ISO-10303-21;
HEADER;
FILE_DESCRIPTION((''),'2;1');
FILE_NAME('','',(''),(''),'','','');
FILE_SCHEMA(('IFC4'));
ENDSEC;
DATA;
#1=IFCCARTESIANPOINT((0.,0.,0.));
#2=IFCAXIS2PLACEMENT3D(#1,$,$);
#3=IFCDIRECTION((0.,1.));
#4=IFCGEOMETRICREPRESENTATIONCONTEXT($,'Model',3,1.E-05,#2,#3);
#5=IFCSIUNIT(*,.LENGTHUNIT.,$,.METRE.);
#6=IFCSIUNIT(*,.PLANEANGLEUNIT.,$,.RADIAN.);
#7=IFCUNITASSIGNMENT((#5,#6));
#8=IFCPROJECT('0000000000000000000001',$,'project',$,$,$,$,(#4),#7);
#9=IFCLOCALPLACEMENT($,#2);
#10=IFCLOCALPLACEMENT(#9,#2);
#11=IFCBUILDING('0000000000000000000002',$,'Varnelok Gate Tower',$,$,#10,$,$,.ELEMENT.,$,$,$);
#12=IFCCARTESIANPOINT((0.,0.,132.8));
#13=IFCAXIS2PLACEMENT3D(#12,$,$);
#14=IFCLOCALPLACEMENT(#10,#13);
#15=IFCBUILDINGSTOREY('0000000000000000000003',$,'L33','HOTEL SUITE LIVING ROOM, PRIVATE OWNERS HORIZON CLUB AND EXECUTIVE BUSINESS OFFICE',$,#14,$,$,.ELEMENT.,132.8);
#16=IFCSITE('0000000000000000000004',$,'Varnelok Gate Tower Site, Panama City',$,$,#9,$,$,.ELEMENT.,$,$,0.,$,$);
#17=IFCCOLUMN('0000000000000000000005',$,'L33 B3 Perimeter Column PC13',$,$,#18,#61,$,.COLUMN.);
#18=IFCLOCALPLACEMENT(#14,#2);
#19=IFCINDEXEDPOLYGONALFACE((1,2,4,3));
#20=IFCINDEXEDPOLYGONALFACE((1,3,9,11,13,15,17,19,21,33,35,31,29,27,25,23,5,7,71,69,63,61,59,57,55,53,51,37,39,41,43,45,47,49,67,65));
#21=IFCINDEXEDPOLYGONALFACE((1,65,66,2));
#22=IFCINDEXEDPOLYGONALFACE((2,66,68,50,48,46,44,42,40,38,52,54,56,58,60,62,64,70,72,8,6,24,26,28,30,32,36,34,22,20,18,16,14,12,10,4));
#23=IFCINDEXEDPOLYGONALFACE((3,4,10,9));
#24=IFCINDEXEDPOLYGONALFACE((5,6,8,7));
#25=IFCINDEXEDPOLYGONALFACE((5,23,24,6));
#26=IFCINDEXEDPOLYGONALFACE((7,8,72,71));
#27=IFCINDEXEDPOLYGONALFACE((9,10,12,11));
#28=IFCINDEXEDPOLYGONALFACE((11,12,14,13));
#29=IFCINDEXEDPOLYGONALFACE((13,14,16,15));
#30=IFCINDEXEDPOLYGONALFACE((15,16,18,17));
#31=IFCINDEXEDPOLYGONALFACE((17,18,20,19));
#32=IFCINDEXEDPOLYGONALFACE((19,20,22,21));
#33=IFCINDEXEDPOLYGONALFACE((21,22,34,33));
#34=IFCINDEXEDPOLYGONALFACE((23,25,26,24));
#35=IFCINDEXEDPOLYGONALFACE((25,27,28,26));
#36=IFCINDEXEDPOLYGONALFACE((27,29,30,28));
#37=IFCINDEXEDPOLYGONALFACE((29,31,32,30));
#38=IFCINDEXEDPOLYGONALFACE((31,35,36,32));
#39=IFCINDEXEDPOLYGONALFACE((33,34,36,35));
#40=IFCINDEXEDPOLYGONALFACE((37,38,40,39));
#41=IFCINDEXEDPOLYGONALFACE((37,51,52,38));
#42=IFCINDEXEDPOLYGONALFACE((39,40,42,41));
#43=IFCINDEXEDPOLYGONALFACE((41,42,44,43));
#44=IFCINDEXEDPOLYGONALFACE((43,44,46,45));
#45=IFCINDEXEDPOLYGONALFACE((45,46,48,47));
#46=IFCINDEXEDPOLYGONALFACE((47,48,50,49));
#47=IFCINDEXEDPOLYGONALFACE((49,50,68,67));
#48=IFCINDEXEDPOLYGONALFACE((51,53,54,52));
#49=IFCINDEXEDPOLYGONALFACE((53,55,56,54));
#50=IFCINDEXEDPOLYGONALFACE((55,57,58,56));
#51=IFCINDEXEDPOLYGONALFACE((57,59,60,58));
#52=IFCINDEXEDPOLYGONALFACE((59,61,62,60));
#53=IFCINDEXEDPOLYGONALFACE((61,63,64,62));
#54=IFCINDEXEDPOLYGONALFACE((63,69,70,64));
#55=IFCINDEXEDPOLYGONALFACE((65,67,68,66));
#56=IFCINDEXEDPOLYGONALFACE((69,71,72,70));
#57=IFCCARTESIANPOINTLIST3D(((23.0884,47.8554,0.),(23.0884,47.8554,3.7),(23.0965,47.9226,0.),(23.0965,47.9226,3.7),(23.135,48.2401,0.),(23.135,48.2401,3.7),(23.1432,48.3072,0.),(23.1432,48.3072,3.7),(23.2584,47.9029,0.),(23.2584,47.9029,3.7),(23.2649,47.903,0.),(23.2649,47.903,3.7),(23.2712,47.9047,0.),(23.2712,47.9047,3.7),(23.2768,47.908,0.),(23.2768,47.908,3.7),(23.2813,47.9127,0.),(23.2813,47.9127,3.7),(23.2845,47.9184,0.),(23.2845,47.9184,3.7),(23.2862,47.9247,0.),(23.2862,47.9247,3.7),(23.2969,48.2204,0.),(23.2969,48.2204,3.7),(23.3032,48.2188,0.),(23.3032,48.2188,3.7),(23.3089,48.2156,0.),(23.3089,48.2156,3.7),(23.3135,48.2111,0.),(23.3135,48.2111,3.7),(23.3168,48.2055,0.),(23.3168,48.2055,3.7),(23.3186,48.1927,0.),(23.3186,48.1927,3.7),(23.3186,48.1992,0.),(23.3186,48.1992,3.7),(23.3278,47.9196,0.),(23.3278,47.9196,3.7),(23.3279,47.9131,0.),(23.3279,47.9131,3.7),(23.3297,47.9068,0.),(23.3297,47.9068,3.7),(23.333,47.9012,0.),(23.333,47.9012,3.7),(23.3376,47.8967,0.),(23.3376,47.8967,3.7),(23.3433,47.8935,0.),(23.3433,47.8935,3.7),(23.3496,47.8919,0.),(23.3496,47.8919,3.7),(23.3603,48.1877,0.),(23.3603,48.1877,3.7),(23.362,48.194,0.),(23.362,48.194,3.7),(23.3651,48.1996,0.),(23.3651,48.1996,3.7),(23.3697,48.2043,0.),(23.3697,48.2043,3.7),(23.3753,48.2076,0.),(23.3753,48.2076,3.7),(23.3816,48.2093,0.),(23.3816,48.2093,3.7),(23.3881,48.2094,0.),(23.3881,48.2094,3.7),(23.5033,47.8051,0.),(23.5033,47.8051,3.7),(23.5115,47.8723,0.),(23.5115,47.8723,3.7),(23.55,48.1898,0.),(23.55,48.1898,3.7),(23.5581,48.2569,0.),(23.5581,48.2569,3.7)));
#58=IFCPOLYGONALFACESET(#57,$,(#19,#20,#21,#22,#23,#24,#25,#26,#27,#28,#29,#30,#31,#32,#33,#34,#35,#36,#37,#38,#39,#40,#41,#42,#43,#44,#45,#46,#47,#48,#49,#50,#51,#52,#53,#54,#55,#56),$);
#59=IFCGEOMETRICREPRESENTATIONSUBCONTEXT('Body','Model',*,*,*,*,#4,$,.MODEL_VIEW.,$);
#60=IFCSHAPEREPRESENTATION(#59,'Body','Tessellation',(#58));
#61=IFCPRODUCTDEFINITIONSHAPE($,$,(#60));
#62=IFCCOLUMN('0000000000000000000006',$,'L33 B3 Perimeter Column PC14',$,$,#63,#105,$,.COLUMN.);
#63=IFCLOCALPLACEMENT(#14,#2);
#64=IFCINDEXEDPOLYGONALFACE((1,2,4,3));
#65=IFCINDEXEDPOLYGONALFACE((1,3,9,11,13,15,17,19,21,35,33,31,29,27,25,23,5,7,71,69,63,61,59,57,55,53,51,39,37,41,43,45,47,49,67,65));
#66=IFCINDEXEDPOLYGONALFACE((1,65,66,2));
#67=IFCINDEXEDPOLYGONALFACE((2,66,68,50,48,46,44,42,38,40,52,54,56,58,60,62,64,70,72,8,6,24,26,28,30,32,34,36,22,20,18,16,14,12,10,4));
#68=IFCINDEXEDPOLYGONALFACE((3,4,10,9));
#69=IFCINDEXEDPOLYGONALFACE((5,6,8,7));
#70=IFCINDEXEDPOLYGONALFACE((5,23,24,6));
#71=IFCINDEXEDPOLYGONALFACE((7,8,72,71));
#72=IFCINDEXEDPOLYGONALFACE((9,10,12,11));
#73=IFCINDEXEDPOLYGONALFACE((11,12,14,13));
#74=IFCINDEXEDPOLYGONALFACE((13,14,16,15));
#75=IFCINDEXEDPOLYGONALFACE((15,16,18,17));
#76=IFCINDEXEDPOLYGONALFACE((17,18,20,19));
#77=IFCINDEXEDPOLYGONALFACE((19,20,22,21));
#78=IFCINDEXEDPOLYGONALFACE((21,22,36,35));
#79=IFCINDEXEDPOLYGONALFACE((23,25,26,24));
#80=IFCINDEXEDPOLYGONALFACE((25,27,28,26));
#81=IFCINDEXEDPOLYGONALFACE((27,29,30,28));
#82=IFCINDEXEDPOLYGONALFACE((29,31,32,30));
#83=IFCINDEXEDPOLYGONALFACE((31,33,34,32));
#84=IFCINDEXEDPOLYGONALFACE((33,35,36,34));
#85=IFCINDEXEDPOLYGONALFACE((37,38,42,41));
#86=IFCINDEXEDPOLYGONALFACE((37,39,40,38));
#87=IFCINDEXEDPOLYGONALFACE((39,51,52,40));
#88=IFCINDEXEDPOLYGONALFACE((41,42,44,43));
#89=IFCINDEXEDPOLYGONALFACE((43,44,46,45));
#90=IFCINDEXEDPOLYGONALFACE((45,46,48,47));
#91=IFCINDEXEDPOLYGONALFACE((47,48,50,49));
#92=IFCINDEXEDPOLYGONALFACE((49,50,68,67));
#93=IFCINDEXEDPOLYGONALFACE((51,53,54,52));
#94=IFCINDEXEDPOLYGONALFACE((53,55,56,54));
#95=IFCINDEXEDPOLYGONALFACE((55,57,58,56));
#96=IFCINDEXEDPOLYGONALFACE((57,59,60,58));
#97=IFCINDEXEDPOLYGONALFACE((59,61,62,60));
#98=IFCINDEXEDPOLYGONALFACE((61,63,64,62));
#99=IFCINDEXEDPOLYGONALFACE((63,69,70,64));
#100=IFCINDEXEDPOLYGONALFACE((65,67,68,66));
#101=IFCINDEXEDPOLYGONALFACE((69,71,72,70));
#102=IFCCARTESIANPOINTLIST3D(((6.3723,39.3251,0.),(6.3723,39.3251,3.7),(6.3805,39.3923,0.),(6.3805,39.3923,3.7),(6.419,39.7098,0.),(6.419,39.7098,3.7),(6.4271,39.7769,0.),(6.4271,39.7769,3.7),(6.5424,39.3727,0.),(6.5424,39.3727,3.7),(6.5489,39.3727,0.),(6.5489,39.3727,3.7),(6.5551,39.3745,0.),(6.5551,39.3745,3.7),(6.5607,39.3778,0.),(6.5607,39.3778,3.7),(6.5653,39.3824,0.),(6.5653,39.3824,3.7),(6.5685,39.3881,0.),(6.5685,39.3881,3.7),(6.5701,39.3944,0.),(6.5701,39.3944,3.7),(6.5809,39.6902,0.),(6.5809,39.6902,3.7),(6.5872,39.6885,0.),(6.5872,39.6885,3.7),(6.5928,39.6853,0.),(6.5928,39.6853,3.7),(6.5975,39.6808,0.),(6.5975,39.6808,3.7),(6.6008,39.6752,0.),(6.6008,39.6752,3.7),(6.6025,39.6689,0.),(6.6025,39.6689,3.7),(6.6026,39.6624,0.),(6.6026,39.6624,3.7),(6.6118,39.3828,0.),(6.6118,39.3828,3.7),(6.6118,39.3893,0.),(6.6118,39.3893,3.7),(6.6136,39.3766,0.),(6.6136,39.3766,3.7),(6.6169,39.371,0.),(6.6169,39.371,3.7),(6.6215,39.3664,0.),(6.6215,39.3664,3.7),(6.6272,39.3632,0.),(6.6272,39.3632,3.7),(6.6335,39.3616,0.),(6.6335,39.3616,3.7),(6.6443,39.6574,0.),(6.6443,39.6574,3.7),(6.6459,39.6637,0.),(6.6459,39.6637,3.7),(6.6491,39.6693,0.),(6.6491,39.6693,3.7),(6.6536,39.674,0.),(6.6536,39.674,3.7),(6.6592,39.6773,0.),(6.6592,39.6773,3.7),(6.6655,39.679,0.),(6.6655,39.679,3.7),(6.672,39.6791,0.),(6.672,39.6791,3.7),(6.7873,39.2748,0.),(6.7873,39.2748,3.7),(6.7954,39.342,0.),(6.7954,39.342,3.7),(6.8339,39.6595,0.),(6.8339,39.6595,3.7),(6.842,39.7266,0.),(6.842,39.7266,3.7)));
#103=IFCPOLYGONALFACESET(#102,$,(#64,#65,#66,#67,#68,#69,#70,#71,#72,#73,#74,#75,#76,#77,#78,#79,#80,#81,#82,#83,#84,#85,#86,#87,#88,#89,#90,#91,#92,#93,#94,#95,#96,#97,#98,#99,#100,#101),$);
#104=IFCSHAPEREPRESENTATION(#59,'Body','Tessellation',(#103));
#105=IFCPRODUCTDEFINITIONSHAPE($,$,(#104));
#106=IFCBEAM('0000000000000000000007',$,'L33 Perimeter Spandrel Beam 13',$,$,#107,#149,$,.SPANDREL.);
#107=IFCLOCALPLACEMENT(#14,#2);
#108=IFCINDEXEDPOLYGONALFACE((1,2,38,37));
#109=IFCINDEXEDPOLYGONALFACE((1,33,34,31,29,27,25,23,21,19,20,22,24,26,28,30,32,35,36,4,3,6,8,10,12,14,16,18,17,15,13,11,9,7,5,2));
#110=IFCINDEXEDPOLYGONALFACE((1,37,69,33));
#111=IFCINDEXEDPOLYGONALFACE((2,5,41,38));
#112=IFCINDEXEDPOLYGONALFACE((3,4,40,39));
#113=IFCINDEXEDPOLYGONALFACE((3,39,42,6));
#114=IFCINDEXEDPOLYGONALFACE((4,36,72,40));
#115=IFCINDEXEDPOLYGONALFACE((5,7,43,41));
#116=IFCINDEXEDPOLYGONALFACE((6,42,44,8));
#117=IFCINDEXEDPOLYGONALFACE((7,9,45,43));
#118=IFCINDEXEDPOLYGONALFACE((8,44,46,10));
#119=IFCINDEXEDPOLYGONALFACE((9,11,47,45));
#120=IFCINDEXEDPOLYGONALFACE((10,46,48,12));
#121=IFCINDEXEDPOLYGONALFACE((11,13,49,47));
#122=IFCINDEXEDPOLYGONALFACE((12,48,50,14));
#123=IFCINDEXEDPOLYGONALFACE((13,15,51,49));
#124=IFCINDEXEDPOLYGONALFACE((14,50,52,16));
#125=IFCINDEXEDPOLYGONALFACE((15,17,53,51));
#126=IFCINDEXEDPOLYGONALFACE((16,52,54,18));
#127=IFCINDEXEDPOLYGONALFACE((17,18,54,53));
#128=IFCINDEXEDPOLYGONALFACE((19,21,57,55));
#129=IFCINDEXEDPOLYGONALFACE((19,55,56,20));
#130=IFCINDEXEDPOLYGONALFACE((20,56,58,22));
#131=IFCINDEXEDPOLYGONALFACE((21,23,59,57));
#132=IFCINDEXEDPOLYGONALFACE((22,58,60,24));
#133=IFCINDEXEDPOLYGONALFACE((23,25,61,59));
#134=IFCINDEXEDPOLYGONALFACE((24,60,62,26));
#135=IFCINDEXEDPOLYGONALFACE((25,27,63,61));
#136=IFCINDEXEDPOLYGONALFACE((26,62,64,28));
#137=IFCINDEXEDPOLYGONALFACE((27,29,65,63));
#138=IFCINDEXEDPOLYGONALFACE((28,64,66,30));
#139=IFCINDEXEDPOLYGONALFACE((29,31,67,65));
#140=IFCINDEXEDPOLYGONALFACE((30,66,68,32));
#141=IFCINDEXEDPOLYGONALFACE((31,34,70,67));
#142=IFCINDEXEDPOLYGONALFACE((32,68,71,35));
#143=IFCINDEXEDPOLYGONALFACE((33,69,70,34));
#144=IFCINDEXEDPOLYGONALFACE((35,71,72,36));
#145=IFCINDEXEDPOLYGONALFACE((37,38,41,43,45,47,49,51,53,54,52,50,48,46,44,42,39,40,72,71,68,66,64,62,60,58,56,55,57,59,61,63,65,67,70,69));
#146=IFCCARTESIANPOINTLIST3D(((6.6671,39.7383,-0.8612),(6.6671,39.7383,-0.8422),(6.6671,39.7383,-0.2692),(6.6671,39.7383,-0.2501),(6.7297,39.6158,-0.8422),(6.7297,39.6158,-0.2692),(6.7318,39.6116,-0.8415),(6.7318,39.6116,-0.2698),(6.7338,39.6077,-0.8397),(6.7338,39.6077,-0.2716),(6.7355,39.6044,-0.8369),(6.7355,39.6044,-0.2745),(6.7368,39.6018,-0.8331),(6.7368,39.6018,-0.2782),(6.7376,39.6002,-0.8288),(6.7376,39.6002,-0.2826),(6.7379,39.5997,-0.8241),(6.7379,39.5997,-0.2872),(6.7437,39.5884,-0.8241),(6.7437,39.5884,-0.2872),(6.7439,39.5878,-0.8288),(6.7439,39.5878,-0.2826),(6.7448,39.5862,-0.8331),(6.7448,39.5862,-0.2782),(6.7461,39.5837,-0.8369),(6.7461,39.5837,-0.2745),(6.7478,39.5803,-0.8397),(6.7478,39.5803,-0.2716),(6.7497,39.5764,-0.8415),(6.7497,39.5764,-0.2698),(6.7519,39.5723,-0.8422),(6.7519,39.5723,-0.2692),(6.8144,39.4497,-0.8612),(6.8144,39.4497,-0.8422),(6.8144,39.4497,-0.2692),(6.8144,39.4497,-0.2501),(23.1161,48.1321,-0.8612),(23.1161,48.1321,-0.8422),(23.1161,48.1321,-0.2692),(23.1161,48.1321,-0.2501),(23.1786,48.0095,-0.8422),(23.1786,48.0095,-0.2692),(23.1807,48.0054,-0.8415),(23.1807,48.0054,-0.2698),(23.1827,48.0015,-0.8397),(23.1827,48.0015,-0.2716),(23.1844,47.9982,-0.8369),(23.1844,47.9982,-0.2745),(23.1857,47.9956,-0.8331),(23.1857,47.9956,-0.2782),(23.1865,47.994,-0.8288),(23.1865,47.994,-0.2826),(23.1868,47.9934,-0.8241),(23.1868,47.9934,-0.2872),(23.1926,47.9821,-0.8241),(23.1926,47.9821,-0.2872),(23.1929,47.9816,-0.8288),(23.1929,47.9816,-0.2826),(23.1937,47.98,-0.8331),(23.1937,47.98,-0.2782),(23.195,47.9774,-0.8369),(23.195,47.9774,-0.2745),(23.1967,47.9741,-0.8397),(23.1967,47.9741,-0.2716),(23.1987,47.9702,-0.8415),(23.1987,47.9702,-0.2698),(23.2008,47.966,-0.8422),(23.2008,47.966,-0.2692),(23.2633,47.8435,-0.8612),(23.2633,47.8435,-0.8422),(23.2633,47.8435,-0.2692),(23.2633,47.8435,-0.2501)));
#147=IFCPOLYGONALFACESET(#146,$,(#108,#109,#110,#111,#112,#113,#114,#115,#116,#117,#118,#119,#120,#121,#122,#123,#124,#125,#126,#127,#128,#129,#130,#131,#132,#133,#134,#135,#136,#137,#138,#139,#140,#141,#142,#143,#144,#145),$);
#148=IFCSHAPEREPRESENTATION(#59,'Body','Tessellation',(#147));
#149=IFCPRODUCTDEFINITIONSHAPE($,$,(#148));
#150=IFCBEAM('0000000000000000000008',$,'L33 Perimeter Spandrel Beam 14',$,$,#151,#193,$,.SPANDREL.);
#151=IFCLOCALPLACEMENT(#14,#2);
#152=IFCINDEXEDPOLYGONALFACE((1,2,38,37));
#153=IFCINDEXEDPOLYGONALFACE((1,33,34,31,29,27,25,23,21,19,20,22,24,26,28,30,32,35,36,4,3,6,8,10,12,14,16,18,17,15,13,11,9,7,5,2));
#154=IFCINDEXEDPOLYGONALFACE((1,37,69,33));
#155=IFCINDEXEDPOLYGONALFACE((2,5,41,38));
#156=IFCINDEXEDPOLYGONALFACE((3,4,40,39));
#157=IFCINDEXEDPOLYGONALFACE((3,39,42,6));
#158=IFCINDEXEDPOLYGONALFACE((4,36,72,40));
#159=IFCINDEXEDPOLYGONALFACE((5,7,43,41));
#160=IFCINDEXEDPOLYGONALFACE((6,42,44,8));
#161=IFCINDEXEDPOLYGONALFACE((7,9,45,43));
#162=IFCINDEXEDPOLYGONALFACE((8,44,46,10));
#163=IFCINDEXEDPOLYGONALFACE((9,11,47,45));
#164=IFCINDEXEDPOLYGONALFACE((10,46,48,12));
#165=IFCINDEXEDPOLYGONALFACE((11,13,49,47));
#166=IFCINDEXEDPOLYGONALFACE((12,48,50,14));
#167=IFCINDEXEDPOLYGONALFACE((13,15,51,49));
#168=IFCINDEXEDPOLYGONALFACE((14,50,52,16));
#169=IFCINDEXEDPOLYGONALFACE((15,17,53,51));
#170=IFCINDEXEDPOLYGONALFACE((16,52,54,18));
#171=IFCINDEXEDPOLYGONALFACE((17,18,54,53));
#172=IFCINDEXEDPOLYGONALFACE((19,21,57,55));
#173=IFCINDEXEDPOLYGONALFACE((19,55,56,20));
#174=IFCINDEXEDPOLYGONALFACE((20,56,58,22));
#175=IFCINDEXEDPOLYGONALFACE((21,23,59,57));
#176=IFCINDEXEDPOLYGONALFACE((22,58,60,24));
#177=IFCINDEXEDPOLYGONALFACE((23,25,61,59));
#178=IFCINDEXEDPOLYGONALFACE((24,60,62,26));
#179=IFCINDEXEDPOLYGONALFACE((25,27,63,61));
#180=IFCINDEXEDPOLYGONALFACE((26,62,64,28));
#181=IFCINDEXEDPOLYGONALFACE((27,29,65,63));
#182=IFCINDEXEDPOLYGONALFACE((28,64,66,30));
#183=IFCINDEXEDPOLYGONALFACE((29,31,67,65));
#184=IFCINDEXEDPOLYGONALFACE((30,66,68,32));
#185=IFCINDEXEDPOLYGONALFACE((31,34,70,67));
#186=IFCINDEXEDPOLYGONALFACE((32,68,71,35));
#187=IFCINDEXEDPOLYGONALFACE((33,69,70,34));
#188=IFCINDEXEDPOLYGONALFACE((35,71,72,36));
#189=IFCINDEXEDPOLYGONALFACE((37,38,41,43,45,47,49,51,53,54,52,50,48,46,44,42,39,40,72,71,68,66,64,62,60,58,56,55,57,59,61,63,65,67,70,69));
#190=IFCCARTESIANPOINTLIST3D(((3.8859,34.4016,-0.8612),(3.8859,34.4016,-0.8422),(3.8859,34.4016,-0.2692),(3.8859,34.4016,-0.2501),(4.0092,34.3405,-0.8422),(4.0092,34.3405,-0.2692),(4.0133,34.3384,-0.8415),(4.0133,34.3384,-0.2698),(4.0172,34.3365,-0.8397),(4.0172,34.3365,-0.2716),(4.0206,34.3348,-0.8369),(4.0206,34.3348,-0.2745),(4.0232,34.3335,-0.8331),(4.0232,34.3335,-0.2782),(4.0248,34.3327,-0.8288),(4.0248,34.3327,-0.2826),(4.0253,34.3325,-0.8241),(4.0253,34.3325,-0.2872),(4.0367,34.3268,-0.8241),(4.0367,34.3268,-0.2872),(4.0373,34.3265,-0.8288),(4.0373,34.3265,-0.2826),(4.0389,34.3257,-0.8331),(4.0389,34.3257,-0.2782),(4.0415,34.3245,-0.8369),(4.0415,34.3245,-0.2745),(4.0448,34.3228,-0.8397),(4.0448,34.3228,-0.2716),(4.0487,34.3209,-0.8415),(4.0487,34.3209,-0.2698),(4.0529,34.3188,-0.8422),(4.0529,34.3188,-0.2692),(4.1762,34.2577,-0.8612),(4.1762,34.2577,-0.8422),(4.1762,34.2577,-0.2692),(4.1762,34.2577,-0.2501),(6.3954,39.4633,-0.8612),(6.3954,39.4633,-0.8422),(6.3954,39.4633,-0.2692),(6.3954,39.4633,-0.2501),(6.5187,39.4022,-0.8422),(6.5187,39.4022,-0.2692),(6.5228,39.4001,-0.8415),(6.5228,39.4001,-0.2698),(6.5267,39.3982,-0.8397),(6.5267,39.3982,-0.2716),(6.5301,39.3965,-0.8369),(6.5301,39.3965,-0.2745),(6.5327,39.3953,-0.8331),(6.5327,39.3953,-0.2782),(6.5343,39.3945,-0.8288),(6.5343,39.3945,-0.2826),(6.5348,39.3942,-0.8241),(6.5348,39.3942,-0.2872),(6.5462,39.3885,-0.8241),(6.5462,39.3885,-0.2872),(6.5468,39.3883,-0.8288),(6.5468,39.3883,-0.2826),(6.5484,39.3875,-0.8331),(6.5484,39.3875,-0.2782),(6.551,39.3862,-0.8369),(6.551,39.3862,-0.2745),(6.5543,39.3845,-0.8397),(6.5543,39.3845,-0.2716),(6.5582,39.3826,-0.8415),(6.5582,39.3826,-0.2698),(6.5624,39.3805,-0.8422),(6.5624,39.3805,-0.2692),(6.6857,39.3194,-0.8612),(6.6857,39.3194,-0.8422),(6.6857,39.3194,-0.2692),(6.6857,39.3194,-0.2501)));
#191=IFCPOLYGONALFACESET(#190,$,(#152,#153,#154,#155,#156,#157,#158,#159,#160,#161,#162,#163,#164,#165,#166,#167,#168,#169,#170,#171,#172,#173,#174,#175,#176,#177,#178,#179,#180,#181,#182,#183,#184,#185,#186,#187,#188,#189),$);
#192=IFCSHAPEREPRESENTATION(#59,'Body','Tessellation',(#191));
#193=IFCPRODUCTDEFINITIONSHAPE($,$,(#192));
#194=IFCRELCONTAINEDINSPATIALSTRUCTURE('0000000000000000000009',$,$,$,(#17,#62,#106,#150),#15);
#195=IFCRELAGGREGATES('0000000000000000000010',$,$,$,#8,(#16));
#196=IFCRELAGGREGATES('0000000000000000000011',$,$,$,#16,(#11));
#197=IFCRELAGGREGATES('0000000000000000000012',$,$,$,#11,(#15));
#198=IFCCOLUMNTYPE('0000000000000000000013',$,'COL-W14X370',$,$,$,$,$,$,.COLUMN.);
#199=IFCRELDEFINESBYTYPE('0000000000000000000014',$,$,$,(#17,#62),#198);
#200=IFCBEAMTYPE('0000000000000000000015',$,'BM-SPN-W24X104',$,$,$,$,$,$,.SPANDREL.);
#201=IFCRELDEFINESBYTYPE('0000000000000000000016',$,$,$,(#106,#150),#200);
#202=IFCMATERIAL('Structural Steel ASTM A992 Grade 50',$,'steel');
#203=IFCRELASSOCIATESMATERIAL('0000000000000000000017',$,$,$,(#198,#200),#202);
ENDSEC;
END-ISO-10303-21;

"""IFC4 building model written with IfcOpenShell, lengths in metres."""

from ifc_helpers import new_model, si_unit, direction, frame, origin, origin_2d, place, context, subcontext, project, spatial, i_section, extrude, material, material_profile, profile_set, type_object, element, save


model = new_model("IFC4")

# Units and contexts
model_context = context("Model", 3, precision=1e-05, world=origin(), true_north=direction((0.0, 1.0)))
body_context = subcontext(model_context, "Body", "Model", "MODEL_VIEW")
ifc_project = project(units=[si_unit("LENGTHUNIT", "METRE"), si_unit("PLANEANGLEUNIT", "RADIAN")], contexts=[model_context])

# Site, building, storey
site_placement = place(None, origin())
site = spatial("IfcSite", under=ifc_project, at=site_placement, Name="Varnelok Gate Tower Site, Panama City", CompositionType="ELEMENT", RefElevation=0.0)
building_placement = place(site_placement, origin())
building = spatial("IfcBuilding", under=site, at=building_placement, Name="Varnelok Gate Tower", CompositionType="ELEMENT")
storey_placement = place(building_placement, frame((0.0, 0.0, 132.8)))
storey = spatial("IfcBuildingStorey", under=building, at=storey_placement, Name="L33", Description="HOTEL SUITE LIVING ROOM, PRIVATE OWNERS HORIZON CLUB AND EXECUTIVE BUSINESS OFFICE", CompositionType="ELEMENT", Elevation=132.8)

# Columns
ifc_material_1 = material(Name="Structural Steel ASTM A992 Grade 50", Category="steel")
ifc_material_profile_1 = material_profile(ifc_material_1, i_section(OverallWidth=0.418, OverallDepth=0.4551, WebThickness=0.042, FlangeThickness=0.0676, FilletRadius=0.0249, at=origin_2d()), Name="W14X370")
ifc_profile_set_1 = profile_set([ifc_material_profile_1], Name="Structural Steel ASTM A992 Grade 50")
column_type = type_object("IfcColumnType", Name="COL-W14X370", PredefinedType="COLUMN", material=ifc_profile_set_1)
for number, where, z_axis, x_axis, name in (
    (1, (23.3232, 48.0562, 0.0), (0.0, 0.0, 1.0), (0.992732, -0.120345, 0.0), "L33 B3 Perimeter Column PC13"),
    (2, (6.6072, 39.5259, 0.0), (0.0, 0.0, 1.0), (0.992732, -0.120345, 0.0), "L33 B3 Perimeter Column PC14"),
):
    element("IfcColumn", number, at=place(storey_placement, frame(where, z_axis=z_axis, x_axis=x_axis)), inside=storey, type_object=column_type, Name=name, PredefinedType="COLUMN", context=body_context, shape_type="SweptSolid", body=[
        extrude(i_section(OverallWidth=0.418, OverallDepth=0.4551, WebThickness=0.042, FlangeThickness=0.0676, FilletRadius=0.0249, at=origin_2d()), origin(), (0.0, 0.0, 1.0), 3.7),
    ])

# Beams
ifc_material_profile_2 = material_profile(ifc_material_1, i_section(OverallWidth=0.324, OverallDepth=0.6111, WebThickness=0.0127, FlangeThickness=0.019, FilletRadius=0.0181, at=origin_2d()), Name="W24X104")
ifc_profile_set_2 = profile_set([ifc_material_profile_2], Name="Structural Steel ASTM A992 Grade 50")
beam_type = type_object("IfcBeamType", Name="BM-SPN-W24X104", PredefinedType="SPANDREL", material=ifc_profile_set_2)
beam_1_placement = place(storey_placement, frame((23.1897, 47.9878, -0.5557), z_axis=(-0.89073, -0.454533, 0.0), x_axis=(0.454533, -0.89073, 0.0)))
element("IfcBeam", 3, at=beam_1_placement, inside=storey, type_object=beam_type, Name="L33 Perimeter Spandrel Beam 13", PredefinedType="SPANDREL", context=body_context, shape_type="SweptSolid", body=[
    extrude(i_section(OverallWidth=0.324, OverallDepth=0.6111, WebThickness=0.0127, FlangeThickness=0.019, FilletRadius=0.0181, at=origin_2d()), origin(), (0.0, 0.0, 1.0), 18.4668),
])
beam_2_placement = place(storey_placement, frame((6.5405, 39.3914, -0.5557), z_axis=(-0.444186, -0.895935, 0.0), x_axis=(0.895935, -0.444186, 0.0)))
element("IfcBeam", 4, at=beam_2_placement, inside=storey, type_object=beam_type, Name="L33 Perimeter Spandrel Beam 14", PredefinedType="SPANDREL", context=body_context, shape_type="SweptSolid", body=[
    extrude(i_section(OverallWidth=0.324, OverallDepth=0.6111, WebThickness=0.0127, FlangeThickness=0.019, FilletRadius=0.0181, at=origin_2d()), origin(), (0.0, 0.0, 1.0), 5.6497),
])

save(model, "model.ifc")
